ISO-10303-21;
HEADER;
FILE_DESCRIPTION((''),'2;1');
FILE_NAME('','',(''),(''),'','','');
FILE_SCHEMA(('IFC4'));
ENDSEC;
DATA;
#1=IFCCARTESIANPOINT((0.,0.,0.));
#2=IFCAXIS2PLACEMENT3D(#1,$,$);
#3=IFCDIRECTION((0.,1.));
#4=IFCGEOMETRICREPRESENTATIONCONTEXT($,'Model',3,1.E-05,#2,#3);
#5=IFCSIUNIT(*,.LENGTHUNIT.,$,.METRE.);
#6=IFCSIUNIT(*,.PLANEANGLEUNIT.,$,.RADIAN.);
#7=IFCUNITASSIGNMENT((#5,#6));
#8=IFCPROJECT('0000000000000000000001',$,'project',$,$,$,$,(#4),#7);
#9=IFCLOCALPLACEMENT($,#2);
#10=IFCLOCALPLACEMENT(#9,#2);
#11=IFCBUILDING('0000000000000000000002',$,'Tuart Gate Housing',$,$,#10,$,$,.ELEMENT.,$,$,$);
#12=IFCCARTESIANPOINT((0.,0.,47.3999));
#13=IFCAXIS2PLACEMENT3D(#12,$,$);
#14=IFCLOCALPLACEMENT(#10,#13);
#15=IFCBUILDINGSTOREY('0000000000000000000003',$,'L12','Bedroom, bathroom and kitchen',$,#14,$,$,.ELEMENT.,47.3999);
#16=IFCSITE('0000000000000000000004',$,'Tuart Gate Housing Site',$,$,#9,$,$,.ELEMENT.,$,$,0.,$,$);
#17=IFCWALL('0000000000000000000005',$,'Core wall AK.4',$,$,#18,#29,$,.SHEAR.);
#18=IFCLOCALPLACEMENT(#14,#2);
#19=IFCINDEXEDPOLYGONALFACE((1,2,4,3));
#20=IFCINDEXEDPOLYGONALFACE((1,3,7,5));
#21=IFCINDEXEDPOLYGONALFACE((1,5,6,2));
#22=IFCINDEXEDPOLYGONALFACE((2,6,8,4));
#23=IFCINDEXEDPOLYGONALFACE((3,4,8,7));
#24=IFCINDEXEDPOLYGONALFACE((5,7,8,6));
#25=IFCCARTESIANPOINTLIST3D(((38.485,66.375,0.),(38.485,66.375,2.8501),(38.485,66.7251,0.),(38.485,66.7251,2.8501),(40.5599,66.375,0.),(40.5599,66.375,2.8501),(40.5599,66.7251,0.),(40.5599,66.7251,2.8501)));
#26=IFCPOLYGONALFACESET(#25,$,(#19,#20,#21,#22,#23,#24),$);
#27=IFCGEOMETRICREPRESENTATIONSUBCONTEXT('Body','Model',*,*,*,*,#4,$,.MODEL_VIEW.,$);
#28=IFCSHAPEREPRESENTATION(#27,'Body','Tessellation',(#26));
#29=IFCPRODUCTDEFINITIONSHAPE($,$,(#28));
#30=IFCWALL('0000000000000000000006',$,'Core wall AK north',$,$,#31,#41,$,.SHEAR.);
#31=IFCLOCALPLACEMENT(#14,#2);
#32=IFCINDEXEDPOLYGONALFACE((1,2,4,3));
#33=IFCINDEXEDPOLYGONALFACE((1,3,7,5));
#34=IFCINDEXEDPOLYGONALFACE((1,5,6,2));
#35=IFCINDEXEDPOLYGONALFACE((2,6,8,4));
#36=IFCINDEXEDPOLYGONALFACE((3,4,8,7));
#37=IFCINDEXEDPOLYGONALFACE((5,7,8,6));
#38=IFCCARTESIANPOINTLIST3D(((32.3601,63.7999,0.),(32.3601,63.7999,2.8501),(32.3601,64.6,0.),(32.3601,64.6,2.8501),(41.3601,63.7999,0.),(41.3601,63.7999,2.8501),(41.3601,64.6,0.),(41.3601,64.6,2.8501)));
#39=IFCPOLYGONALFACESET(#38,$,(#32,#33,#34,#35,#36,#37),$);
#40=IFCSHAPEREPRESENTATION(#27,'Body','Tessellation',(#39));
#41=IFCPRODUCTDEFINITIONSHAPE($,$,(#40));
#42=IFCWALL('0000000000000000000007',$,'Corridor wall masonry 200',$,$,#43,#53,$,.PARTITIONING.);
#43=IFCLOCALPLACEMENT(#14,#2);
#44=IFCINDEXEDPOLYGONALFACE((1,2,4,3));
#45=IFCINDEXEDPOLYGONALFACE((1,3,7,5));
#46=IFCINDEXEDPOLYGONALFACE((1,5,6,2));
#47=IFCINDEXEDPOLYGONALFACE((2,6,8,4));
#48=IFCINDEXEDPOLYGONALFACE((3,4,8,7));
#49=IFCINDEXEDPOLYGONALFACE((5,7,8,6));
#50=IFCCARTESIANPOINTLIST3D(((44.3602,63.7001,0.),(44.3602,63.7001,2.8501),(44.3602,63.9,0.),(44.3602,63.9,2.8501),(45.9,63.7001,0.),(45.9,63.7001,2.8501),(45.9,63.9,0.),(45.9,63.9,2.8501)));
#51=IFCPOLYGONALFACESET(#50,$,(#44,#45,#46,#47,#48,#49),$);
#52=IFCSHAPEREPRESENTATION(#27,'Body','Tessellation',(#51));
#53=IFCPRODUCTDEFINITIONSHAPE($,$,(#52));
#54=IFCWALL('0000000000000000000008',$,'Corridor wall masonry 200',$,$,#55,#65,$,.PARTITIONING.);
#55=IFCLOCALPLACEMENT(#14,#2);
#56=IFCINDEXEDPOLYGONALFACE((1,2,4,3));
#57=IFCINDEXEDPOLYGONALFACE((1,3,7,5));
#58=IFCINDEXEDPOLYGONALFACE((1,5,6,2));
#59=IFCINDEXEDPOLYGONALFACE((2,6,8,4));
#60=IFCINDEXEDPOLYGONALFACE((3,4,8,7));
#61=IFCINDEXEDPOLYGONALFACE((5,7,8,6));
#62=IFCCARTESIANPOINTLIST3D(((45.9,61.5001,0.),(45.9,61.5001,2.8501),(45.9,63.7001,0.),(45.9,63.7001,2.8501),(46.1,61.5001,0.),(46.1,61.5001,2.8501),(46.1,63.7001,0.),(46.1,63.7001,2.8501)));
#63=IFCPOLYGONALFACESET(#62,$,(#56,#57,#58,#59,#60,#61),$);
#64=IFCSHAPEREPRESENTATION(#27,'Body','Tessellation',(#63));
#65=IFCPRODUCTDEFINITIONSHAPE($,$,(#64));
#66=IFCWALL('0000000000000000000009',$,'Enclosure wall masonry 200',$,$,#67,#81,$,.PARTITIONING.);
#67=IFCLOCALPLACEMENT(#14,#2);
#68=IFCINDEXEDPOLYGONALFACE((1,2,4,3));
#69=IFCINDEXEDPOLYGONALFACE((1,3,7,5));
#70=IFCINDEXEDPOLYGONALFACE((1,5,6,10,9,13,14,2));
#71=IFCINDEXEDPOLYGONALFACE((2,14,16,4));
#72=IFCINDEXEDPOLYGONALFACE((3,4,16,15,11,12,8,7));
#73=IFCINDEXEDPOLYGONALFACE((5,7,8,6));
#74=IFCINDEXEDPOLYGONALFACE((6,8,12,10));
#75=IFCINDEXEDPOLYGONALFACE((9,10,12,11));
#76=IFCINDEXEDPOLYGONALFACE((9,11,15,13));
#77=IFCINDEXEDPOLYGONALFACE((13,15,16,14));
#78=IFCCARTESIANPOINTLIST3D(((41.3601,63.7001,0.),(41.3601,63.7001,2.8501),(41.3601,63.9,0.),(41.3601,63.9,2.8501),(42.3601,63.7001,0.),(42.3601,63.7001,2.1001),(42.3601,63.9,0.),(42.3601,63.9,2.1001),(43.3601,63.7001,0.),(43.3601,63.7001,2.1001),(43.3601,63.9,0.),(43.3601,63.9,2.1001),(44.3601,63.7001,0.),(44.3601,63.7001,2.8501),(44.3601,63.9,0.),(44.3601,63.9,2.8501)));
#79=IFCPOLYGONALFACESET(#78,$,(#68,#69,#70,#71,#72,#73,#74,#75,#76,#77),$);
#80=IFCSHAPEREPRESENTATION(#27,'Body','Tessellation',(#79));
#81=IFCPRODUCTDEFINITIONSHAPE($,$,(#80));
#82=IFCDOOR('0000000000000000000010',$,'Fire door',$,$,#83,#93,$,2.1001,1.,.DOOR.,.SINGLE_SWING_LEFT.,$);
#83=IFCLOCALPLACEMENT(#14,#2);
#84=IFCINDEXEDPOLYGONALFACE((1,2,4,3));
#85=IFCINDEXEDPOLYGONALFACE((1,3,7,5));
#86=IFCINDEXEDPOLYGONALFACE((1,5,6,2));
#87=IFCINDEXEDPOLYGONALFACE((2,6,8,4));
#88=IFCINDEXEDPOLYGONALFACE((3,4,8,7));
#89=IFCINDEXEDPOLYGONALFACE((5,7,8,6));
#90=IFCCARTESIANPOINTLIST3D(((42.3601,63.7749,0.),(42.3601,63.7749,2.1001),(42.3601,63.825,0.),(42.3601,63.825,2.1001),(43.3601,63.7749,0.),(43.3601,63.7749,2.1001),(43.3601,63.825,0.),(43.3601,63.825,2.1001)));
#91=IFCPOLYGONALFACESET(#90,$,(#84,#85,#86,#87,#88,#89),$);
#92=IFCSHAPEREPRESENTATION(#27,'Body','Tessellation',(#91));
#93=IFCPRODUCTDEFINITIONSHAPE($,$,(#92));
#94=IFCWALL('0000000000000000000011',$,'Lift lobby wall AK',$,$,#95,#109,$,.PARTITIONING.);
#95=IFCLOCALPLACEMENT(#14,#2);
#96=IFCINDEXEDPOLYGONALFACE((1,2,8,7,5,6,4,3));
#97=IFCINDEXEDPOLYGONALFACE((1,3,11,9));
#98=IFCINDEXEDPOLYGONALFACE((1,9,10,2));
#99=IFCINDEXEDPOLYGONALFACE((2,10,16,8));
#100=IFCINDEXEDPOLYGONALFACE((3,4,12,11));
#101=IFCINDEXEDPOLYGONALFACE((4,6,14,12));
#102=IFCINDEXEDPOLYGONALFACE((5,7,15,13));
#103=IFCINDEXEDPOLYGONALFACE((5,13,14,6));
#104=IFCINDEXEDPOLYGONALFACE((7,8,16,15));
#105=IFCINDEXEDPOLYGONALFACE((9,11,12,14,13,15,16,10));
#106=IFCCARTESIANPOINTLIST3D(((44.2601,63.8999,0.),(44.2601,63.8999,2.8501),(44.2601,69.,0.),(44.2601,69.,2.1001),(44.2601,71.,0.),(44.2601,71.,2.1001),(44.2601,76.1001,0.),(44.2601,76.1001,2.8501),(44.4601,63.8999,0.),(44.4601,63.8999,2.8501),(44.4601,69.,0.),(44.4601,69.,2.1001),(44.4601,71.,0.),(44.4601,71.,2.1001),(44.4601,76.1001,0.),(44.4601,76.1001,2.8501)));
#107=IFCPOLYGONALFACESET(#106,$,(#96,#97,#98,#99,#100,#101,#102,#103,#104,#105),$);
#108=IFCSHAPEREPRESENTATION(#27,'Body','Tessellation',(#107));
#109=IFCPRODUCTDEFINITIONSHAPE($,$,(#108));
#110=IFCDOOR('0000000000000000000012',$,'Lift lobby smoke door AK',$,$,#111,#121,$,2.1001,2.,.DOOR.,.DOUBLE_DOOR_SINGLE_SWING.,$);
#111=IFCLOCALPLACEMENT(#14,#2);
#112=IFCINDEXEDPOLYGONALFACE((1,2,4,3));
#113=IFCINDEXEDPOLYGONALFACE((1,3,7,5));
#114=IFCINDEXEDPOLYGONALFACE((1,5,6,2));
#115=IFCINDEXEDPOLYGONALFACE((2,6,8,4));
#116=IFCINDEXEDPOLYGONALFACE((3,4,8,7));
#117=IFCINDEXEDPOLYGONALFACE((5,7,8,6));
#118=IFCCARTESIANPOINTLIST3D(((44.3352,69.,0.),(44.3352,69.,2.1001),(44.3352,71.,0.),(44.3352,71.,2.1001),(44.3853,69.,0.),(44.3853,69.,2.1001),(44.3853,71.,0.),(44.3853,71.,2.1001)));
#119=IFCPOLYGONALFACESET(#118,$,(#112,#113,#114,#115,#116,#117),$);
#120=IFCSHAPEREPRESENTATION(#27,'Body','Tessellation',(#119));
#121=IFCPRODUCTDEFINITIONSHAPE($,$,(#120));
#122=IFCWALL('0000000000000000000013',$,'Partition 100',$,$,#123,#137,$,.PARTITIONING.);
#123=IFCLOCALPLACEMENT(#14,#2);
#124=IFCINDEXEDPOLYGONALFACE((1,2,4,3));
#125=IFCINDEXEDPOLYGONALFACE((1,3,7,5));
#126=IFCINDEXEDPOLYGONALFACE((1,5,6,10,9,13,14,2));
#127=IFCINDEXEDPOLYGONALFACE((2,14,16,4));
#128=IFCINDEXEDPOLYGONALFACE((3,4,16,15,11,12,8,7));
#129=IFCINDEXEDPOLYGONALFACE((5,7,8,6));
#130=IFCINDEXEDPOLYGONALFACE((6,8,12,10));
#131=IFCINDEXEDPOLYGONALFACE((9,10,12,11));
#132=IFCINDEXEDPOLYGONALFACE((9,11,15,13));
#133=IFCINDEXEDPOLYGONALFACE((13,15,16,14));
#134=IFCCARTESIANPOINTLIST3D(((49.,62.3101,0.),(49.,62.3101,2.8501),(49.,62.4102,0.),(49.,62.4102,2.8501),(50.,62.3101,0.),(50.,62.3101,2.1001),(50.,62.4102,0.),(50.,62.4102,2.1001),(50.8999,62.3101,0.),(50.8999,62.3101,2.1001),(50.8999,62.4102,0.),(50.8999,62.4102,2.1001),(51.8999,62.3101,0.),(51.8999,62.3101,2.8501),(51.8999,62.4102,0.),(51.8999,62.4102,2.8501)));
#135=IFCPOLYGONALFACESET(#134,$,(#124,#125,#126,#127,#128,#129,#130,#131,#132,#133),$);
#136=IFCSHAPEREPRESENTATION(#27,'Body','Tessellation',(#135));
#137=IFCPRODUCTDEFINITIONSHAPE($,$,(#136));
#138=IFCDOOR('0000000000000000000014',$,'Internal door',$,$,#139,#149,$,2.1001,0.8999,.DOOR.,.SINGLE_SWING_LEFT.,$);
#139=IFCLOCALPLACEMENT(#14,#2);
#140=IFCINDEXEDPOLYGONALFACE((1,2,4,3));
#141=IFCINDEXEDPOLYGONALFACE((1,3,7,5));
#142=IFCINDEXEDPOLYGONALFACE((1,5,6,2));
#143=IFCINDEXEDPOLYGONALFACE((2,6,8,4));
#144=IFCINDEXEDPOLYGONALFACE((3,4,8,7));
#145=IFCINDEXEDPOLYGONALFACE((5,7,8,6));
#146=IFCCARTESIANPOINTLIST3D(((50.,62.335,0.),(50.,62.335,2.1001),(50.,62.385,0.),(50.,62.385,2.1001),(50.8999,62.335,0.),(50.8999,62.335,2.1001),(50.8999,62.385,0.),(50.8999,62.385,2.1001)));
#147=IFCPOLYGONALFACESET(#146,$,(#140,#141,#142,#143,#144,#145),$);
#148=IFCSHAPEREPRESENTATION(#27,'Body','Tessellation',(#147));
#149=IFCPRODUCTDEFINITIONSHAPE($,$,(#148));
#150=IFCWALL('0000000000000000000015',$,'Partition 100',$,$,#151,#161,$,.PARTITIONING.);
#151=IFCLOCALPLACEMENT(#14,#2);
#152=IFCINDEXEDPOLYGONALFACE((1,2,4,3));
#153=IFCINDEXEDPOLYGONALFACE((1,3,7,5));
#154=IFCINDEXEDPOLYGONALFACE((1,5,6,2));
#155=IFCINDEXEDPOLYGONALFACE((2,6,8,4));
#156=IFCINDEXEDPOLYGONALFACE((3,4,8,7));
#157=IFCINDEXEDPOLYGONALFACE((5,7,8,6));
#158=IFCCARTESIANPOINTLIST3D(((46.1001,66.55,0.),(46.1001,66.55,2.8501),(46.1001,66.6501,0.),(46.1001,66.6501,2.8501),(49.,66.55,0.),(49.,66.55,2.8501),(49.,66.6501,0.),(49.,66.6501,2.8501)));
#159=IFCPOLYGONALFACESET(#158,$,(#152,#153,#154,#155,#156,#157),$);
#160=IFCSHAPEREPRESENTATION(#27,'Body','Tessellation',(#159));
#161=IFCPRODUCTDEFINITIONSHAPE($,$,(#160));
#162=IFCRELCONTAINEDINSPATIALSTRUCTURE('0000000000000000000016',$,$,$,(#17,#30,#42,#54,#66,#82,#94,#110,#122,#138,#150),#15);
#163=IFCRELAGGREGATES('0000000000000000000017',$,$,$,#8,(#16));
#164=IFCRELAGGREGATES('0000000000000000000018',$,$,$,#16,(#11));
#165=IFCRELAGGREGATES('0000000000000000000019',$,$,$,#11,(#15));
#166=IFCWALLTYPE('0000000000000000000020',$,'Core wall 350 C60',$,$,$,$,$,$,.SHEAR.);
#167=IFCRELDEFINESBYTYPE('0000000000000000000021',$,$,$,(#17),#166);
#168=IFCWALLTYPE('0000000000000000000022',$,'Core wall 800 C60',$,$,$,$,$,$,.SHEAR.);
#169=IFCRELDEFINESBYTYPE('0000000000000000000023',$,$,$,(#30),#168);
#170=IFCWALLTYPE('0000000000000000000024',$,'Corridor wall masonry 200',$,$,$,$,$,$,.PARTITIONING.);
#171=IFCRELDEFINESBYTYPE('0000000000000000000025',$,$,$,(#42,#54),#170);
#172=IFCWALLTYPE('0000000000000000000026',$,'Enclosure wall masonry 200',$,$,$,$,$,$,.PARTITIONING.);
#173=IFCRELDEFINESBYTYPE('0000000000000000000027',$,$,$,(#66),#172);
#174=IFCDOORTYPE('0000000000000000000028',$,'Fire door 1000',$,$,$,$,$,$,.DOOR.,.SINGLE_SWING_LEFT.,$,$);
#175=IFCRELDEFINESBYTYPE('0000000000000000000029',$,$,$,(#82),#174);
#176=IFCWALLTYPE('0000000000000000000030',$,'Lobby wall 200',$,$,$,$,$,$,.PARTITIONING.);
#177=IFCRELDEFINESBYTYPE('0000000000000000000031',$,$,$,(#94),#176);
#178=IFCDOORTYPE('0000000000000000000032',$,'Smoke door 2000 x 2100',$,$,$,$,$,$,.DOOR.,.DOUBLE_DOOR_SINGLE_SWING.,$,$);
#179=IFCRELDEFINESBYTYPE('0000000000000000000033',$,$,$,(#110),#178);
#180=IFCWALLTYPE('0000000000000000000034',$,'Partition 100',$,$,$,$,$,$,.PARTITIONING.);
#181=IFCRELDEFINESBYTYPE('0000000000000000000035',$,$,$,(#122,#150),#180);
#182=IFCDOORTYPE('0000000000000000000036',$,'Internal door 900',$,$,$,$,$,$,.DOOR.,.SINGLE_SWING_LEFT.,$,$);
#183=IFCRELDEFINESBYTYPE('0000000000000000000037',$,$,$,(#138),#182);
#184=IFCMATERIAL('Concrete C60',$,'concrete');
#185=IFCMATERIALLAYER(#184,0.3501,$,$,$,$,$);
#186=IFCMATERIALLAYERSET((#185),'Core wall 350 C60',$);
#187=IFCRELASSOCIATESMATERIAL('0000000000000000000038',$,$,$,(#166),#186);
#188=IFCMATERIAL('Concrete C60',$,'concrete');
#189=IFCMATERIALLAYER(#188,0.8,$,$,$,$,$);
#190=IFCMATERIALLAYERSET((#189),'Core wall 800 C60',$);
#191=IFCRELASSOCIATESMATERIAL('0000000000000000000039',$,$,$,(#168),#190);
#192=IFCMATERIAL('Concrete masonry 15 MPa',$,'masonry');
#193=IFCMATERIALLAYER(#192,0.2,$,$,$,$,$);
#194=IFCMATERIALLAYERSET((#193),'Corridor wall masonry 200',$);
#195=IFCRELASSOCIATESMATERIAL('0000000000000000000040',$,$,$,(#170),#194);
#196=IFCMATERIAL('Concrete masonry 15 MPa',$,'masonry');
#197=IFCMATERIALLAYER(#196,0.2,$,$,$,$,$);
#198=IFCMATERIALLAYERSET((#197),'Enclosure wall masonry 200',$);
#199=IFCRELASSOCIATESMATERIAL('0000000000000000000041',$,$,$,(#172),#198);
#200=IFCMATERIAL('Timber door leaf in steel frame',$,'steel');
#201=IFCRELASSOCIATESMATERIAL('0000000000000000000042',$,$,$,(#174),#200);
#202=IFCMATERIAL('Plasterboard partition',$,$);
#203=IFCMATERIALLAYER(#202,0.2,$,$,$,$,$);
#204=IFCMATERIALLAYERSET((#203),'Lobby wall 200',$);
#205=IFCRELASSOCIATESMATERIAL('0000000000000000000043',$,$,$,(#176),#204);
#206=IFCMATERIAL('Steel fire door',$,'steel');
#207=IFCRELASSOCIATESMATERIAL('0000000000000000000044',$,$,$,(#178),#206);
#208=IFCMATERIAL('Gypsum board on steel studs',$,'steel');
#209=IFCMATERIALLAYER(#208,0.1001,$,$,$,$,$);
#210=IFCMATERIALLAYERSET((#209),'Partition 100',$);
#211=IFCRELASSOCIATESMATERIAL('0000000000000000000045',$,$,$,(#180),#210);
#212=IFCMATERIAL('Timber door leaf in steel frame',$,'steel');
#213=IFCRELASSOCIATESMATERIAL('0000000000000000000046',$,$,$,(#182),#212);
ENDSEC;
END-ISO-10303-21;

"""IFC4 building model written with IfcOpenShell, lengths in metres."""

from ifc_helpers import new_model, si_unit, direction, frame, frame_2d, origin, place, context, subcontext, project, spatial, rectangle, extrude, material, layer, layer_set, type_object, element, fill, save


model = new_model("IFC4")

# Units and contexts
model_context = context("Model", 3, precision=1e-05, world=origin(), true_north=direction((0.0, 1.0)))
body_context = subcontext(model_context, "Body", "Model", "MODEL_VIEW")
ifc_project = project(units=[si_unit("LENGTHUNIT", "METRE"), si_unit("PLANEANGLEUNIT", "RADIAN")], contexts=[model_context])

# Site, building, storey
site_placement = place(None, origin())
site = spatial("IfcSite", under=ifc_project, at=site_placement, Name="Tuart Gate Housing Site", CompositionType="ELEMENT", RefElevation=0.0)
building_placement = place(site_placement, origin())
building = spatial("IfcBuilding", under=site, at=building_placement, Name="Tuart Gate Housing", CompositionType="ELEMENT")
storey_placement = place(building_placement, frame((0.0, 0.0, 47.3999)))
storey = spatial("IfcBuildingStorey", under=building, at=storey_placement, Name="L12", Description="Bedroom, bathroom and kitchen", CompositionType="ELEMENT", Elevation=47.3999)

# Walls
ifc_material_1 = material(Name="Concrete C60", Category="concrete")
ifc_layer_1 = layer(ifc_material_1, 0.3501)
ifc_layer_set_1 = layer_set([ifc_layer_1], Name="Core wall 350 C60")
wall_type_1 = type_object("IfcWallType", Name="Core wall 350 C60", PredefinedType="SHEAR", material=ifc_layer_set_1)
wall_1_placement = place(storey_placement, frame((40.5601, 66.55, 0.0), z_axis=(0.0, 0.0, 1.0), x_axis=(-1.0, 0.0, 0.0)))
element("IfcWall", 1, at=wall_1_placement, inside=storey, type_object=wall_type_1, Name="Core wall AK.4", PredefinedType="SHEAR", context=body_context, shape_type="SweptSolid", body=[
    extrude(rectangle(XDim=2.075, YDim=0.3501, at=frame_2d((1.0376, 0.0))), origin(), (0.0, 0.0, 1.0), 2.8501),
])
ifc_material_2 = material(Name="Concrete C60", Category="concrete")
ifc_layer_2 = layer(ifc_material_2, 0.8)
ifc_layer_set_2 = layer_set([ifc_layer_2], Name="Core wall 800 C60")
wall_type_2 = type_object("IfcWallType", Name="Core wall 800 C60", PredefinedType="SHEAR", material=ifc_layer_set_2)
wall_2_placement = place(storey_placement, frame((41.3601, 64.2, 0.0), z_axis=(0.0, 0.0, 1.0), x_axis=(-1.0, 0.0, 0.0)))
element("IfcWall", 2, at=wall_2_placement, inside=storey, type_object=wall_type_2, Name="Core wall AK north", PredefinedType="SHEAR", context=body_context, shape_type="SweptSolid", body=[
    extrude(rectangle(XDim=9.0, YDim=0.8, at=frame_2d((4.5, 0.0))), origin(), (0.0, 0.0, 1.0), 2.8501),
])
ifc_material_3 = material(Name="Concrete masonry 15 MPa", Category="masonry")
ifc_layer_3 = layer(ifc_material_3, 0.2)
ifc_layer_set_3 = layer_set([ifc_layer_3], Name="Corridor wall masonry 200")
wall_type_3 = type_object("IfcWallType", Name="Corridor wall masonry 200", PredefinedType="PARTITIONING", material=ifc_layer_set_3)
wall_3_placement = place(storey_placement, frame((44.3601, 63.8, 0.0), z_axis=(0.0, 0.0, 1.0), x_axis=(1.0, 0.0, 0.0)))
element("IfcWall", 3, at=wall_3_placement, inside=storey, type_object=wall_type_3, Name="Corridor wall masonry 200", PredefinedType="PARTITIONING", context=body_context, shape_type="SweptSolid", body=[
    extrude(rectangle(XDim=1.5398, YDim=0.2, at=frame_2d((0.77, 0.0))), origin(), (0.0, 0.0, 1.0), 2.8501),
])
wall_4_placement = place(storey_placement, frame((46.0, 61.5, 0.0), z_axis=(0.0, 0.0, 1.0), x_axis=(0.0, 1.0, 0.0)))
element("IfcWall", 4, at=wall_4_placement, inside=storey, type_object=wall_type_3, Name="Corridor wall masonry 200", PredefinedType="PARTITIONING", context=body_context, shape_type="SweptSolid", body=[
    extrude(rectangle(XDim=2.2, YDim=0.2, at=frame_2d((1.1001, 0.0))), origin(), (0.0, 0.0, 1.0), 2.8501),
])

# Walls, openings, doors
ifc_material_4 = material(Name="Concrete masonry 15 MPa", Category="masonry")
ifc_layer_4 = layer(ifc_material_4, 0.2)
ifc_layer_set_4 = layer_set([ifc_layer_4], Name="Enclosure wall masonry 200")
wall_type_4 = type_object("IfcWallType", Name="Enclosure wall masonry 200", PredefinedType="PARTITIONING", material=ifc_layer_set_4)
wall_5_placement = place(storey_placement, frame((41.3601, 63.8, 0.0), z_axis=(0.0, 0.0, 1.0), x_axis=(1.0, 0.0, 0.0)))
wall_5 = element("IfcWall", 5, at=wall_5_placement, inside=storey, type_object=wall_type_4, Name="Enclosure wall masonry 200", PredefinedType="PARTITIONING", context=body_context, shape_type="SweptSolid", body=[
    extrude(rectangle(XDim=3.0, YDim=0.2, at=frame_2d((1.5, 0.0))), origin(), (0.0, 0.0, 1.0), 2.8501),
])
opening_1_placement = place(wall_5_placement, frame((1.0, 0.0, 0.0)))
opening_1 = element("IfcOpeningElement", 6, at=opening_1_placement, cuts=wall_5, PredefinedType="OPENING", context=body_context, shape_type="SweptSolid", body=[
    extrude(rectangle(XDim=1.0, YDim=2.1001, at=frame_2d((0.5, 1.05))), frame((0.0, 0.1099, 0.0), z_axis=(0.0, -1.0, 0.0), x_axis=(1.0, 0.0, 0.0)), (0.0, 0.0, 1.0), 0.22),
])
ifc_material_5 = material(Name="Timber door leaf in steel frame", Category="steel")
door_type_1 = type_object("IfcDoorType", Name="Fire door 1000", OperationType="SINGLE_SWING_LEFT", PredefinedType="DOOR", material=ifc_material_5)
door_1_placement = place(opening_1_placement, frame((1.0, 0.0, 0.0), z_axis=(0.0, 0.0, 1.0), x_axis=(-1.0, 0.0, 0.0)))
door_1 = element("IfcDoor", 7, at=door_1_placement, inside=storey, type_object=door_type_1, Name="Fire door", OperationType="SINGLE_SWING_LEFT", OverallHeight=2.1001, OverallWidth=1.0, PredefinedType="DOOR", context=body_context, shape_type="SweptSolid", body=[
    extrude(rectangle(XDim=1.0, YDim=2.1001, at=frame_2d((0.5, 1.05))), frame((0.0, 0.0251, 0.0), z_axis=(0.0, -1.0, 0.0), x_axis=(1.0, 0.0, 0.0)), (0.0, 0.0, 1.0), 0.05),
])
fill(opening_1, door_1)
ifc_material_6 = material(Name="Plasterboard partition")
ifc_layer_5 = layer(ifc_material_6, 0.2)
ifc_layer_set_5 = layer_set([ifc_layer_5], Name="Lobby wall 200")
wall_type_5 = type_object("IfcWallType", Name="Lobby wall 200", PredefinedType="PARTITIONING", material=ifc_layer_set_5)
wall_6_placement = place(storey_placement, frame((44.3601, 63.8999, 0.0), z_axis=(0.0, 0.0, 1.0), x_axis=(0.0, 1.0, 0.0)))
wall_6 = element("IfcWall", 8, at=wall_6_placement, inside=storey, type_object=wall_type_5, Name="Lift lobby wall AK", PredefinedType="PARTITIONING", context=body_context, shape_type="SweptSolid", body=[
    extrude(rectangle(XDim=12.2002, YDim=0.2, at=frame_2d((6.1001, 0.0))), origin(), (0.0, 0.0, 1.0), 2.8501),
])
opening_2_placement = place(wall_6_placement, frame((5.1001, 0.0, 0.0)))
opening_2 = element("IfcOpeningElement", 9, at=opening_2_placement, cuts=wall_6, PredefinedType="OPENING", context=body_context, shape_type="SweptSolid", body=[
    extrude(rectangle(XDim=2.0, YDim=2.1001, at=frame_2d((1.0, 1.05))), frame((0.0, 0.1099, 0.0), z_axis=(0.0, -1.0, 0.0), x_axis=(1.0, 0.0, 0.0)), (0.0, 0.0, 1.0), 0.22),
])
ifc_material_7 = material(Name="Steel fire door", Category="steel")
door_type_2 = type_object("IfcDoorType", Name="Smoke door 2000 x 2100", OperationType="DOUBLE_DOOR_SINGLE_SWING", PredefinedType="DOOR", material=ifc_material_7)
door_2_placement = place(opening_2_placement, origin())
door_2 = element("IfcDoor", 10, at=door_2_placement, inside=storey, type_object=door_type_2, Name="Lift lobby smoke door AK", OperationType="DOUBLE_DOOR_SINGLE_SWING", OverallHeight=2.1001, OverallWidth=2.0, PredefinedType="DOOR", context=body_context, shape_type="SweptSolid", body=[
    extrude(rectangle(XDim=2.0, YDim=2.1001, at=frame_2d((1.0, 1.05))), frame((0.0, 0.0249, 0.0), z_axis=(0.0, -1.0, 0.0), x_axis=(1.0, 0.0, 0.0)), (0.0, 0.0, 1.0), 0.05),
])
fill(opening_2, door_2)
ifc_material_8 = material(Name="Gypsum board on steel studs", Category="steel")
ifc_layer_6 = layer(ifc_material_8, 0.1001)
ifc_layer_set_6 = layer_set([ifc_layer_6], Name="Partition 100")
wall_type_6 = type_object("IfcWallType", Name="Partition 100", PredefinedType="PARTITIONING", material=ifc_layer_set_6)
wall_7_placement = place(storey_placement, frame((49.0, 62.3601, 0.0), z_axis=(0.0, 0.0, 1.0), x_axis=(1.0, 0.0, 0.0)))
wall_7 = element("IfcWall", 11, at=wall_7_placement, inside=storey, type_object=wall_type_6, Name="Partition 100", PredefinedType="PARTITIONING", context=body_context, shape_type="SweptSolid", body=[
    extrude(rectangle(XDim=2.8999, YDim=0.1001, at=frame_2d((1.45, 0.0))), origin(), (0.0, 0.0, 1.0), 2.8501),
])
opening_3_placement = place(wall_7_placement, frame((1.0, 0.0, 0.0)))
opening_3 = element("IfcOpeningElement", 12, at=opening_3_placement, cuts=wall_7, PredefinedType="OPENING", context=body_context, shape_type="SweptSolid", body=[
    extrude(rectangle(XDim=0.8999, YDim=2.1001, at=frame_2d((0.45, 1.05))), frame((0.0, 0.0601, 0.0), z_axis=(0.0, -1.0, 0.0), x_axis=(1.0, 0.0, 0.0)), (0.0, 0.0, 1.0), 0.1201),
])
ifc_material_9 = material(Name="Timber door leaf in steel frame", Category="steel")
door_type_3 = type_object("IfcDoorType", Name="Internal door 900", OperationType="SINGLE_SWING_LEFT", PredefinedType="DOOR", material=ifc_material_9)
door_3_placement = place(opening_3_placement, origin())
door_3 = element("IfcDoor", 13, at=door_3_placement, inside=storey, type_object=door_type_3, Name="Internal door", OperationType="SINGLE_SWING_LEFT", OverallHeight=2.1001, OverallWidth=0.8999, PredefinedType="DOOR", context=body_context, shape_type="SweptSolid", body=[
    extrude(rectangle(XDim=0.8999, YDim=2.1001, at=frame_2d((0.45, 1.05))), frame((0.0, 0.0249, 0.0), z_axis=(0.0, -1.0, 0.0), x_axis=(1.0, 0.0, 0.0)), (0.0, 0.0, 1.0), 0.05),
])
fill(opening_3, door_3)

# Wall
wall_8_placement = place(storey_placement, frame((46.1001, 66.6001, 0.0), z_axis=(0.0, 0.0, 1.0), x_axis=(1.0, 0.0, 0.0)))
element("IfcWall", 14, at=wall_8_placement, inside=storey, type_object=wall_type_6, Name="Partition 100", PredefinedType="PARTITIONING", context=body_context, shape_type="SweptSolid", body=[
    extrude(rectangle(XDim=2.8999, YDim=0.1001, at=frame_2d((1.45, 0.0))), origin(), (0.0, 0.0, 1.0), 2.8501),
])

save(model, "model.ifc")
